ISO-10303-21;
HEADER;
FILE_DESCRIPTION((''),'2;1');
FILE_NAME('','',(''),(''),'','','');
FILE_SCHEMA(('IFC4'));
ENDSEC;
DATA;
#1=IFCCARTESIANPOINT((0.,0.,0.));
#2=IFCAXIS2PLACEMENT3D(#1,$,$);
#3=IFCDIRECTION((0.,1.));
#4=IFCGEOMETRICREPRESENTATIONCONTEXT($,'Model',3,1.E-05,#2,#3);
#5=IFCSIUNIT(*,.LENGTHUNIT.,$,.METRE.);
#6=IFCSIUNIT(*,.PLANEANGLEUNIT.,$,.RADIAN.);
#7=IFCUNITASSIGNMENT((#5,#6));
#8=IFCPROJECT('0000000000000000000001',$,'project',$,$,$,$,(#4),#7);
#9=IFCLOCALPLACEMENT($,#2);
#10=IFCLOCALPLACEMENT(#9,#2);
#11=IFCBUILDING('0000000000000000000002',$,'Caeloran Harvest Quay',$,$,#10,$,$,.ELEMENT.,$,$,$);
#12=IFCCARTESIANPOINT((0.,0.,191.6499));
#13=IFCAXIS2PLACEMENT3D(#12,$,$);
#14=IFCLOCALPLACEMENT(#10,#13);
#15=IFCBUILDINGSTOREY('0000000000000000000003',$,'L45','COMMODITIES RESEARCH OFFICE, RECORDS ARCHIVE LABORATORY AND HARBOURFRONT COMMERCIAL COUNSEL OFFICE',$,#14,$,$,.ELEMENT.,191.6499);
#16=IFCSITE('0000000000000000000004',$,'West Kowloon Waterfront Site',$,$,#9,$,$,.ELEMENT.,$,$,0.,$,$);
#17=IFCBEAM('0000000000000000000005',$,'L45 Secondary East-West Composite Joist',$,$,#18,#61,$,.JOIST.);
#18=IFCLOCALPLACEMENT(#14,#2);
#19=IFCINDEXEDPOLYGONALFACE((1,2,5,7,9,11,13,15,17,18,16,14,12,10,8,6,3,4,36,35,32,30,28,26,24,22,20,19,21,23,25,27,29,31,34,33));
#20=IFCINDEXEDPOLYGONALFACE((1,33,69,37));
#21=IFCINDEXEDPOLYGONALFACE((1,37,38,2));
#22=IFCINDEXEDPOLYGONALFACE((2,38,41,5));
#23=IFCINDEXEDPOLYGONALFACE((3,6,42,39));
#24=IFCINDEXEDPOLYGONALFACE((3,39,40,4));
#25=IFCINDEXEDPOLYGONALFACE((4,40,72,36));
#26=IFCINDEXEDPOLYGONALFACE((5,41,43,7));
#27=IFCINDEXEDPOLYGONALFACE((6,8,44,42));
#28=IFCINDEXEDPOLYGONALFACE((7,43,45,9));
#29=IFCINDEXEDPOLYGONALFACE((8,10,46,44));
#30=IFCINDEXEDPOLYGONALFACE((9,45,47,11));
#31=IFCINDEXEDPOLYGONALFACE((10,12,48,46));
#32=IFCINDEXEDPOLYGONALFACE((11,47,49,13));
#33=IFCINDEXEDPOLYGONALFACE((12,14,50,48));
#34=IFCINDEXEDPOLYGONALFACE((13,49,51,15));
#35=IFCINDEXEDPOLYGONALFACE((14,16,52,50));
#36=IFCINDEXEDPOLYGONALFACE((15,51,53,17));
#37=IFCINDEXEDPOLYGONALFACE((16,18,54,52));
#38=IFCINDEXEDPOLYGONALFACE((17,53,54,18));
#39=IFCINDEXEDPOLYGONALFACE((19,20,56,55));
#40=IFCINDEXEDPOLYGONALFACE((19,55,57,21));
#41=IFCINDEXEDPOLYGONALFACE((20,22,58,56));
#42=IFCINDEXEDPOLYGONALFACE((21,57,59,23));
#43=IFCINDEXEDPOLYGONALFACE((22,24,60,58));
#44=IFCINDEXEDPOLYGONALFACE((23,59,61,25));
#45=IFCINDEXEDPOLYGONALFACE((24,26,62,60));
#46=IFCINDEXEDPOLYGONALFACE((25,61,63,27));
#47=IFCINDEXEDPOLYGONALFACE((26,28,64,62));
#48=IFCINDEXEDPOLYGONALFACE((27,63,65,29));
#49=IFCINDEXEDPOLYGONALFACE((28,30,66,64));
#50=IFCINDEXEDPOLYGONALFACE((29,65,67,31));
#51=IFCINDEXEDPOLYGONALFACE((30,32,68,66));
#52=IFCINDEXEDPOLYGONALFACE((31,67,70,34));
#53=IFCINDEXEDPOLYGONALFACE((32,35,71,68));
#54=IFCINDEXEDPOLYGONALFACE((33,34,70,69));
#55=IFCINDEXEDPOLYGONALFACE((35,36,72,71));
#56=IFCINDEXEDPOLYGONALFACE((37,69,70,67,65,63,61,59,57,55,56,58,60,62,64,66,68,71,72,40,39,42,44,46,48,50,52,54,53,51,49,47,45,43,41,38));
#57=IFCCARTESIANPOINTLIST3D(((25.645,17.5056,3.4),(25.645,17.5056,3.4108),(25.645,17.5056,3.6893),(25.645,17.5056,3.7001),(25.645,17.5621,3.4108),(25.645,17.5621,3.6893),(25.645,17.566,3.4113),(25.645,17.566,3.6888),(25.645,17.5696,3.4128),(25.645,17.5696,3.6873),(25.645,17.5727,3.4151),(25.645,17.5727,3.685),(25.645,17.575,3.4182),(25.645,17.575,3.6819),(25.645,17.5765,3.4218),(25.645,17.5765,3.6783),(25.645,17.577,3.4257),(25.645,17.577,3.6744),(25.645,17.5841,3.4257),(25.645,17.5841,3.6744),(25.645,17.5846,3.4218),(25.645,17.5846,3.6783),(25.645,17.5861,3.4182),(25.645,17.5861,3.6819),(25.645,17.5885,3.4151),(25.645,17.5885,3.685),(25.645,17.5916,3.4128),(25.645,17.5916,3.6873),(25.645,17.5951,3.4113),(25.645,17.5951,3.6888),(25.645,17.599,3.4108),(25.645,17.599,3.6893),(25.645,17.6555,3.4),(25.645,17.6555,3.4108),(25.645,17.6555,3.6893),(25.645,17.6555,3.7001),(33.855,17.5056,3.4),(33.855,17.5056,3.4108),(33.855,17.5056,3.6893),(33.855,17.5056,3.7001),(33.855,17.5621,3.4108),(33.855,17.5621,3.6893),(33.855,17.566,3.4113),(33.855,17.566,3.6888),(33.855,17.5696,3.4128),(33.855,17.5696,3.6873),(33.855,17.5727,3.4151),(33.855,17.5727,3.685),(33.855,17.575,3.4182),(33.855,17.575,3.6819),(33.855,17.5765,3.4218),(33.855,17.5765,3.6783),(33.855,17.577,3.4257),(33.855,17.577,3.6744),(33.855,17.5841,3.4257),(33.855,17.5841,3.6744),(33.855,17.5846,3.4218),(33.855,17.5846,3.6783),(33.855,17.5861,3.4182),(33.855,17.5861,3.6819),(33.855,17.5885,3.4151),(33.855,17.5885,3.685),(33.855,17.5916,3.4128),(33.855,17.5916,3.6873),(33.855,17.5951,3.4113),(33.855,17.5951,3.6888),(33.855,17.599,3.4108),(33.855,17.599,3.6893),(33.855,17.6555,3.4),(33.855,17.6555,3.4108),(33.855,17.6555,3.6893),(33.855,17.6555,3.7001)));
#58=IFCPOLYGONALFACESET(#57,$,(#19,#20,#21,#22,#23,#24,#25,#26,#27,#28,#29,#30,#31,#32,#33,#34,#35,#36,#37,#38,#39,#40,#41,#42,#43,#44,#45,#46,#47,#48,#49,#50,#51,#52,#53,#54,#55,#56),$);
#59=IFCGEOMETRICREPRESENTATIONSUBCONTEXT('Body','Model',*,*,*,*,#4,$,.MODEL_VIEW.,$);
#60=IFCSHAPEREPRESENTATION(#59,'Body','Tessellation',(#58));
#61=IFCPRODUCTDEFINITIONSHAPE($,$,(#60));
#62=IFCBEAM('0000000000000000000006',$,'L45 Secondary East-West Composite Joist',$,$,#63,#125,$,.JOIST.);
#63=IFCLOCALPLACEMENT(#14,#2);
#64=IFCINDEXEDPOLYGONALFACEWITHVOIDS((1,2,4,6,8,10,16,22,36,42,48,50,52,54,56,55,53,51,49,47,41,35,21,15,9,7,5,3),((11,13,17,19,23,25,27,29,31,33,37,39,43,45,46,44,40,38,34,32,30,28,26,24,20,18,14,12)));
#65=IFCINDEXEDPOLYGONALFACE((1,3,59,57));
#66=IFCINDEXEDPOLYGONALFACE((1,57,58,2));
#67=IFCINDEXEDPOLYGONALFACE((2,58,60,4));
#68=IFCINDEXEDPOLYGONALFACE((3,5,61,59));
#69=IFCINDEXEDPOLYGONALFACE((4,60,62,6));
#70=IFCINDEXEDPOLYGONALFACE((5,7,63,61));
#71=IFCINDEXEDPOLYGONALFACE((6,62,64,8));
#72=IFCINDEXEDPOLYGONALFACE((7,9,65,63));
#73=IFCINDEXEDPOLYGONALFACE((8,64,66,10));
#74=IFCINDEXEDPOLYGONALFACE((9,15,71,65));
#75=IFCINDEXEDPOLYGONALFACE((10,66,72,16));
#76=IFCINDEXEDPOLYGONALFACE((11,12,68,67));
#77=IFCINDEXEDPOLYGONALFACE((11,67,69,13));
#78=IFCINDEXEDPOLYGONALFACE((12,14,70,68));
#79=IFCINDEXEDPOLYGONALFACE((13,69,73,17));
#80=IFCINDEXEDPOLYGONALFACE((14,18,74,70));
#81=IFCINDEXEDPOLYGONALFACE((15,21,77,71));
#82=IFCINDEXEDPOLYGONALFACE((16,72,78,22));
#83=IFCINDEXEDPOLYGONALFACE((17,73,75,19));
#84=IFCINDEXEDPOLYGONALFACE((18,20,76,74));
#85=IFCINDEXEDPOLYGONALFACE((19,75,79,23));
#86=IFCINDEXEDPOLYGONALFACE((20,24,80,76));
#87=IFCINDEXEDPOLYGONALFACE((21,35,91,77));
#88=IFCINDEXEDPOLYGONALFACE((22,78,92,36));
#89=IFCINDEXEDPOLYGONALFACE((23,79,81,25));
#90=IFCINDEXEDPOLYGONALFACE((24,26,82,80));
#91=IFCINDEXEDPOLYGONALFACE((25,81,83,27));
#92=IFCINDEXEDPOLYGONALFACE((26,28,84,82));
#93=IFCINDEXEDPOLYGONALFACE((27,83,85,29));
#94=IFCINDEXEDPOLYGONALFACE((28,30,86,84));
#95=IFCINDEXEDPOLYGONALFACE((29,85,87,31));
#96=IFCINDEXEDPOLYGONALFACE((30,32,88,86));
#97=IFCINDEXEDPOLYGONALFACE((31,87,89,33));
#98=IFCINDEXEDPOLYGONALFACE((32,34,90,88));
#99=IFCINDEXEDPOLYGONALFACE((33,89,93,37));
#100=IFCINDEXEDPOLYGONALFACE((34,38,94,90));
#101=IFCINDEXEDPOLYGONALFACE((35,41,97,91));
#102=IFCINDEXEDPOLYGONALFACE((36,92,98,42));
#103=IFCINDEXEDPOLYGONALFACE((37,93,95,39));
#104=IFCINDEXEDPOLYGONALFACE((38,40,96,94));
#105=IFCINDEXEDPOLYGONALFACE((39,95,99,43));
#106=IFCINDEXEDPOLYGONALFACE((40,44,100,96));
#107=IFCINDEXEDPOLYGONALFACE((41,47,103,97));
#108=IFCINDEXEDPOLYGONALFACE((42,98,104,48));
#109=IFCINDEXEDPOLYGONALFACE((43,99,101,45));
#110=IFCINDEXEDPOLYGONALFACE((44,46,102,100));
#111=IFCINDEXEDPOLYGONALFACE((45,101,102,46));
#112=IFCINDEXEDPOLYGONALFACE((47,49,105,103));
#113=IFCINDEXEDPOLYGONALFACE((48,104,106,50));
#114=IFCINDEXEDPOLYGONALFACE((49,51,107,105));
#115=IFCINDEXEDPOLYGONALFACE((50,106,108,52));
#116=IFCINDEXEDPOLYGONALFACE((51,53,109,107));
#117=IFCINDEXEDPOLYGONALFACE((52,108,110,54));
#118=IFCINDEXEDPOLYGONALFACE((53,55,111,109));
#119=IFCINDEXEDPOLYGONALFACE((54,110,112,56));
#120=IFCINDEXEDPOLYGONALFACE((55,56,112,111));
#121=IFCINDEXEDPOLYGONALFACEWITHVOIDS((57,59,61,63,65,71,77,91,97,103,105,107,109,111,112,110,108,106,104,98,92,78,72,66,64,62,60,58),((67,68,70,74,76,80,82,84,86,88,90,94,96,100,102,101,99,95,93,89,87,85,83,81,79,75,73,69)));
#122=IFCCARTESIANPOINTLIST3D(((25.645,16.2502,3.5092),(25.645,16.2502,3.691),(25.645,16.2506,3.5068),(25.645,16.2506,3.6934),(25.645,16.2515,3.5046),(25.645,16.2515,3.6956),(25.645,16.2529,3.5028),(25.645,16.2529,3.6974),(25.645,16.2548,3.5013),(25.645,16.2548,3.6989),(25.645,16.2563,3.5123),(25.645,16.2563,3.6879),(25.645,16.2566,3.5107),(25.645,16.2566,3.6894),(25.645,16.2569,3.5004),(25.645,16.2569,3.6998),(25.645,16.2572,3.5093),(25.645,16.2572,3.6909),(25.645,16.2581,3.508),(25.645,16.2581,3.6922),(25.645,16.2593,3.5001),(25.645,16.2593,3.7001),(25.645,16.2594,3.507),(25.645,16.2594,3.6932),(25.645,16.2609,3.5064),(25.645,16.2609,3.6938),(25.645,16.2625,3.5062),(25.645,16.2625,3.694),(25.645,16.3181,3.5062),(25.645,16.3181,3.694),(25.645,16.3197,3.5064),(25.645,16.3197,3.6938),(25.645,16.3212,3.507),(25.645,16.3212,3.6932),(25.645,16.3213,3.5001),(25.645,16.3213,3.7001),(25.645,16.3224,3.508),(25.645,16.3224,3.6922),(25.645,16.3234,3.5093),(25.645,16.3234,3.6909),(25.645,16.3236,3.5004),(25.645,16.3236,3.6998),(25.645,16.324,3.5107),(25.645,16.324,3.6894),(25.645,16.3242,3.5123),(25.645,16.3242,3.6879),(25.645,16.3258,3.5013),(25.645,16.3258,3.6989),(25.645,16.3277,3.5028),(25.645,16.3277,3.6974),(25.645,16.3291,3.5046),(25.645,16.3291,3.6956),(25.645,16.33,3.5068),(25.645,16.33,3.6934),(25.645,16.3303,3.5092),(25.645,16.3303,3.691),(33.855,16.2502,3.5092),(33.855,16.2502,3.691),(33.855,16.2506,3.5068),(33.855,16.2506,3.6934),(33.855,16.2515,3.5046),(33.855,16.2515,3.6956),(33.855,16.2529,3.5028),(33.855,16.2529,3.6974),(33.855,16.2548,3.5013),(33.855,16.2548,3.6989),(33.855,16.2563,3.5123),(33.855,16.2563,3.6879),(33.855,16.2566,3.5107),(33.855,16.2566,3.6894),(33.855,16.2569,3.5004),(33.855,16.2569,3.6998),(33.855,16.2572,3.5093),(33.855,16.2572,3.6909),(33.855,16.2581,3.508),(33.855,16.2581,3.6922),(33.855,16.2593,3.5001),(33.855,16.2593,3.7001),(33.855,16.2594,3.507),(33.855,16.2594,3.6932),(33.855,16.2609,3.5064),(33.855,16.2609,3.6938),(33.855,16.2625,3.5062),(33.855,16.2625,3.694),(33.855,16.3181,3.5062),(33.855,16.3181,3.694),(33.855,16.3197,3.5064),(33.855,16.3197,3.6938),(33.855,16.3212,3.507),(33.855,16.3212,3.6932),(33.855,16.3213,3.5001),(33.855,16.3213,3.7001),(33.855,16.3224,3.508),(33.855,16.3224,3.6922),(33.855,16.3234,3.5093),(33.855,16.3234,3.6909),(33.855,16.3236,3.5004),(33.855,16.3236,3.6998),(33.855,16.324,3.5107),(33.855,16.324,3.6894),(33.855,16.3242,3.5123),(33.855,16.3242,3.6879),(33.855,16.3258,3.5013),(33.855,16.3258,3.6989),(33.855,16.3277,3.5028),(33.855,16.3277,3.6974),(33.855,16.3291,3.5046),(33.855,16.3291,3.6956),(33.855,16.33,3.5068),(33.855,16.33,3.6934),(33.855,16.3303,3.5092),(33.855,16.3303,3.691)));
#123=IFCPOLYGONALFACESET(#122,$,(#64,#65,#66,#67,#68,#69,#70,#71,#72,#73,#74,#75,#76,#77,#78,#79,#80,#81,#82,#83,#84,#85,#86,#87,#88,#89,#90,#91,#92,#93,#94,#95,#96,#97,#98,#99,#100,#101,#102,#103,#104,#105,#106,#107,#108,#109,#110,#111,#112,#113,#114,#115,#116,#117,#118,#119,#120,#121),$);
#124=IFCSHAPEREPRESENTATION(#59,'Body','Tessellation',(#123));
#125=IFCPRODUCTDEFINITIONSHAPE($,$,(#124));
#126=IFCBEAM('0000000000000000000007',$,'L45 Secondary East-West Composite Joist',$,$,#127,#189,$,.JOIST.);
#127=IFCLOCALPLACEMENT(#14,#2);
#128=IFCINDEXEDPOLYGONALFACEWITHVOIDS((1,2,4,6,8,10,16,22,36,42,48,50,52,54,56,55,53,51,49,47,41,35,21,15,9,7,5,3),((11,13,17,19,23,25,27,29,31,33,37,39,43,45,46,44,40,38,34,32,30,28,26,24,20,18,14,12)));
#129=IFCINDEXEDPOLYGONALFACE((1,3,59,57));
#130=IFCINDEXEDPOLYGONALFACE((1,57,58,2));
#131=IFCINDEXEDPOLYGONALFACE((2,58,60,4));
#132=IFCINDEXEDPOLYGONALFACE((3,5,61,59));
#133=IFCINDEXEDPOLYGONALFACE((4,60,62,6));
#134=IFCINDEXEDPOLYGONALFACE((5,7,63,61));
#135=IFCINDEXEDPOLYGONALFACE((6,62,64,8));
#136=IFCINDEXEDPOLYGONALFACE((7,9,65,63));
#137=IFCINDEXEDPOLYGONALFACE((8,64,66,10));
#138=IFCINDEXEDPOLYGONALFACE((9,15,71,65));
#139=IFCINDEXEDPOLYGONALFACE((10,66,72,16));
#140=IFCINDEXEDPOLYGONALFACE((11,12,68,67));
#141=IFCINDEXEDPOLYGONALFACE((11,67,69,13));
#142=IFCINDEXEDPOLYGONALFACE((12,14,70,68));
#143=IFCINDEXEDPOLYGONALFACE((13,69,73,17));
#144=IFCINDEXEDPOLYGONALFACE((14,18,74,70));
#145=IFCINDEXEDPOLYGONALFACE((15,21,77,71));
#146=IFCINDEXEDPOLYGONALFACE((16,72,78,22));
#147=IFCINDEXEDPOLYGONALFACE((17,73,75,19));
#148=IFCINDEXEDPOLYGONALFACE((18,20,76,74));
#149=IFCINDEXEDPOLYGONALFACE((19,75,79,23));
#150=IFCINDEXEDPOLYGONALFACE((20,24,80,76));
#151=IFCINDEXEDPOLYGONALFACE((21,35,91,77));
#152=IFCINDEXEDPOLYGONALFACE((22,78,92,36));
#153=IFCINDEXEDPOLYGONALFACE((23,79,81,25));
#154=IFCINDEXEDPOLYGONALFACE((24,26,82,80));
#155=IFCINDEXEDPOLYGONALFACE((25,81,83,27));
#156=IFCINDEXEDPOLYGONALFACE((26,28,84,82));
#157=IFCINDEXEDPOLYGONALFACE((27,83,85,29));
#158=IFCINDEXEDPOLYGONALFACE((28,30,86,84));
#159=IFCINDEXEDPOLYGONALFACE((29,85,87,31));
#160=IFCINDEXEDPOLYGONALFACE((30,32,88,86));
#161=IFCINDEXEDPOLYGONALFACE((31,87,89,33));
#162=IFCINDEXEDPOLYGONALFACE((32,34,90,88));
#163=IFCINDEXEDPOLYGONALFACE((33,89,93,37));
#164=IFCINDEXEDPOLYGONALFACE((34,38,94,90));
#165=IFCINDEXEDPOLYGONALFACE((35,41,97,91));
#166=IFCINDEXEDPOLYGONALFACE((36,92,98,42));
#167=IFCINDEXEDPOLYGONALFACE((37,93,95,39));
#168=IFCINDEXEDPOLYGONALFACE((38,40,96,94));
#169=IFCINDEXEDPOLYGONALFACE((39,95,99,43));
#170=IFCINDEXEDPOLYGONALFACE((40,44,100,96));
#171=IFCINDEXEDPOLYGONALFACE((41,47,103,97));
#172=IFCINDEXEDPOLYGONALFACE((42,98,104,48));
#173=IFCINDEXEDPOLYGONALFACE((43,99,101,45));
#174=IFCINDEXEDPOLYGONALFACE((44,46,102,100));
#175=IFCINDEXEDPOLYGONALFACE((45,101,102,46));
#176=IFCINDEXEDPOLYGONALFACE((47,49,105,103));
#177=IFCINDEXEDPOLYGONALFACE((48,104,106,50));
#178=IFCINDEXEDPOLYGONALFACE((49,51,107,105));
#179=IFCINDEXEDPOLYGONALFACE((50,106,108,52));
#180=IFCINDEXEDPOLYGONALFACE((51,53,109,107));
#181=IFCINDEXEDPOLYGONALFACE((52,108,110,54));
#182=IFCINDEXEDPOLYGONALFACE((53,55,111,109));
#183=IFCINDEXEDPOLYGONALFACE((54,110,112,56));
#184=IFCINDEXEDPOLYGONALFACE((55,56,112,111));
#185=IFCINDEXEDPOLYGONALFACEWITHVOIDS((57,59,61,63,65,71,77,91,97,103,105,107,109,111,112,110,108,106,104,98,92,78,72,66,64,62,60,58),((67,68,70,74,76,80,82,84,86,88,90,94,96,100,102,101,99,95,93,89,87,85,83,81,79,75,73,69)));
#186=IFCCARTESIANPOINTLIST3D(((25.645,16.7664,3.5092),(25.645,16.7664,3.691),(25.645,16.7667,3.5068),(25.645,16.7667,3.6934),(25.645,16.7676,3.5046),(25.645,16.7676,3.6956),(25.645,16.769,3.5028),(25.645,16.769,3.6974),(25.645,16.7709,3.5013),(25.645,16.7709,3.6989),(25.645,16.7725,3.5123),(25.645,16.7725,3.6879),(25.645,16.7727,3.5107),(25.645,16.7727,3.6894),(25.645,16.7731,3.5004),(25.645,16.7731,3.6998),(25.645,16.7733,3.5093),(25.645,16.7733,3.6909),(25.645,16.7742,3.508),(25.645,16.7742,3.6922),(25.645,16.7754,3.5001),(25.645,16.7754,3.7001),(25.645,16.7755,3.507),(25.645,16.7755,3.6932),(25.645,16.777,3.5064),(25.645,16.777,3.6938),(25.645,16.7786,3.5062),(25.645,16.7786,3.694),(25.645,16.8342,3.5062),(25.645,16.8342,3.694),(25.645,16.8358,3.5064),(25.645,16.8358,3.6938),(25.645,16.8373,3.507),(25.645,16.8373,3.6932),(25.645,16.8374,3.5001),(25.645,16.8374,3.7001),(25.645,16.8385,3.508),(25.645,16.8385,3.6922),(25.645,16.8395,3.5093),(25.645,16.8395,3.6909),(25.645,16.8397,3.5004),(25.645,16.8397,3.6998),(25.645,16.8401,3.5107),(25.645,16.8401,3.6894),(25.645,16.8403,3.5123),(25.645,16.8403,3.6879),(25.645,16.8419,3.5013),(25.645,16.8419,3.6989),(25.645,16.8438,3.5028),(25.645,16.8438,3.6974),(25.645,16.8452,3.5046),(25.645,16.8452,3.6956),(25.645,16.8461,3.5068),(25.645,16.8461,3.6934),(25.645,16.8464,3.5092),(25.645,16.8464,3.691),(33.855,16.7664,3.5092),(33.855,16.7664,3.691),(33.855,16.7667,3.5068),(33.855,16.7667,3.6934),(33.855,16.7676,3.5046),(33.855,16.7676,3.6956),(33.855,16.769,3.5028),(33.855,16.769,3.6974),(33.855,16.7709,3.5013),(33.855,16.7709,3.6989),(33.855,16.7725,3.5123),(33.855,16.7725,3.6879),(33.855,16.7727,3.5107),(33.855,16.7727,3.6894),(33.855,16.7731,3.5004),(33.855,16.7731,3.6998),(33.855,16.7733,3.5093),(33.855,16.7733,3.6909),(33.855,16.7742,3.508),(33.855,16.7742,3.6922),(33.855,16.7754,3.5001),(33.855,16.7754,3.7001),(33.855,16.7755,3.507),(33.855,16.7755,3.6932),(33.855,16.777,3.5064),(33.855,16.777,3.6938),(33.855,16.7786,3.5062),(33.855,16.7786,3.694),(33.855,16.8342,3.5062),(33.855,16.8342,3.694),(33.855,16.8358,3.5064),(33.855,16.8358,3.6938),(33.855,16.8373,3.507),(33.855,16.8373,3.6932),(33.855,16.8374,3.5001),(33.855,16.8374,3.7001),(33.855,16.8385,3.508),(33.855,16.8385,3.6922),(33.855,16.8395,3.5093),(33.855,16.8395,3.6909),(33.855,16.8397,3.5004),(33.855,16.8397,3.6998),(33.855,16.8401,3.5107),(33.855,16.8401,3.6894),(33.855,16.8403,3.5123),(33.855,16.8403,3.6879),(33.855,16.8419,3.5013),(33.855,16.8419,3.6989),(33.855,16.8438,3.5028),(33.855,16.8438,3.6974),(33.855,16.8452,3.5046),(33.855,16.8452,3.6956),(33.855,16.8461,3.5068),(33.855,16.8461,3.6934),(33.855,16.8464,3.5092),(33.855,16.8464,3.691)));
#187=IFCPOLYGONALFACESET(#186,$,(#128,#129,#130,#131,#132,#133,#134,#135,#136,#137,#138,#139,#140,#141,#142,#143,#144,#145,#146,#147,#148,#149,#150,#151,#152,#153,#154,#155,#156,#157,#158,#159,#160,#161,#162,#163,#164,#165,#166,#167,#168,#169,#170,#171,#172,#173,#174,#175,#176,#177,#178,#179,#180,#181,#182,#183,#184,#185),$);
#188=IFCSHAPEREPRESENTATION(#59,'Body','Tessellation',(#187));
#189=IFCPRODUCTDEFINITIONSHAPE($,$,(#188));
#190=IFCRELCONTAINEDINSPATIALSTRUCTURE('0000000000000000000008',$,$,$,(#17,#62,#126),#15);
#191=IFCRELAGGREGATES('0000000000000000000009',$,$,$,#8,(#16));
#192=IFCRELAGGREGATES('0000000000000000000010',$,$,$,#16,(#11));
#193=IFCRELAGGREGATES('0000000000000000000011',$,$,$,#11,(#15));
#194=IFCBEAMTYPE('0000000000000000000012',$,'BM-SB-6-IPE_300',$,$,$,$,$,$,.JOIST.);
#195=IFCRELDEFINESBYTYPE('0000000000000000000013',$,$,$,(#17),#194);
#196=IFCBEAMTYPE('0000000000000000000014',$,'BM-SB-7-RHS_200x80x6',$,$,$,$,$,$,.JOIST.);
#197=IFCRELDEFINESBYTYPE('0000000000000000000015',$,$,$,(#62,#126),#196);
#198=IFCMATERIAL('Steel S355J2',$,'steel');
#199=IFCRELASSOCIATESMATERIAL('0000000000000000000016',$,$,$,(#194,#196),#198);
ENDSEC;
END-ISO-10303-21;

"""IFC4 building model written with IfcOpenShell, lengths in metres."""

from ifc_helpers import new_model, si_unit, direction, frame, origin, origin_2d, place, context, subcontext, project, spatial, hollow_rectangle, i_section, extrude, material, material_profile, profile_set, type_object, element, save


model = new_model("IFC4")

# Units and contexts
model_context = context("Model", 3, precision=1e-05, world=origin(), true_north=direction((0.0, 1.0)))
body_context = subcontext(model_context, "Body", "Model", "MODEL_VIEW")
ifc_project = project(units=[si_unit("LENGTHUNIT", "METRE"), si_unit("PLANEANGLEUNIT", "RADIAN")], contexts=[model_context])

# Site, building, storey
site_placement = place(None, origin())
site = spatial("IfcSite", under=ifc_project, at=site_placement, Name="West Kowloon Waterfront Site", CompositionType="ELEMENT", RefElevation=0.0)
building_placement = place(site_placement, origin())
building = spatial("IfcBuilding", under=site, at=building_placement, Name="Caeloran Harvest Quay", CompositionType="ELEMENT")
storey_placement = place(building_placement, frame((0.0, 0.0, 191.6499)))
storey = spatial("IfcBuildingStorey", under=building, at=storey_placement, Name="L45", Description="COMMODITIES RESEARCH OFFICE, RECORDS ARCHIVE LABORATORY AND HARBOURFRONT COMMERCIAL COUNSEL OFFICE", CompositionType="ELEMENT", Elevation=191.6499)

# Beams
ifc_material_1 = material(Name="Steel S355J2", Category="steel")
ifc_material_profile_1 = material_profile(ifc_material_1, i_section(OverallWidth=0.1499, OverallDepth=0.3, WebThickness=0.0071, FlangeThickness=0.0107, FilletRadius=0.0149, at=origin_2d()), Name="IPE 300")
ifc_profile_set_1 = profile_set([ifc_material_profile_1], Name="Steel S355J2")
beam_type_1 = type_object("IfcBeamType", Name="BM-SB-6-IPE_300", PredefinedType="JOIST", material=ifc_profile_set_1)
for number, where, z_axis, x_axis, name in (
    (1, (25.645, 17.5806, 3.55), (1.0, 0.0, 0.0), (0.0, 1.0, 0.0), "L45 Secondary East-West Composite Joist"),
):
    element("IfcBeam", number, at=place(storey_placement, frame(where, z_axis=z_axis, x_axis=x_axis)), inside=storey, type_object=beam_type_1, Name=name, PredefinedType="JOIST", context=body_context, shape_type="SweptSolid", body=[
        extrude(i_section(OverallWidth=0.1499, OverallDepth=0.3, WebThickness=0.0071, FlangeThickness=0.0107, FilletRadius=0.0149, at=origin_2d()), origin(), (0.0, 0.0, 1.0), 8.21),
    ])
ifc_material_profile_2 = material_profile(ifc_material_1, hollow_rectangle(XDim=0.0801, YDim=0.2, WallThickness=0.0061, InnerFilletRadius=0.0061, OuterFilletRadius=0.009, at=origin_2d()), Name="RHS 200x80x6")
ifc_profile_set_2 = profile_set([ifc_material_profile_2], Name="Steel S355J2")
beam_type_2 = type_object("IfcBeamType", Name="BM-SB-7-RHS_200x80x6", PredefinedType="JOIST", material=ifc_profile_set_2)
for number, where, z_axis, x_axis, name in (
    (2, (25.645, 16.2903, 3.6001), (1.0, 0.0, 0.0), (0.0, 1.0, 0.0), "L45 Secondary East-West Composite Joist"),
    (3, (25.645, 16.8064, 3.6001), (1.0, 0.0, 0.0), (0.0, 1.0, 0.0), "L45 Secondary East-West Composite Joist"),
):
    element("IfcBeam", number, at=place(storey_placement, frame(where, z_axis=z_axis, x_axis=x_axis)), inside=storey, type_object=beam_type_2, Name=name, PredefinedType="JOIST", context=body_context, shape_type="SweptSolid", body=[
        extrude(hollow_rectangle(XDim=0.0801, YDim=0.2, WallThickness=0.0061, InnerFilletRadius=0.0061, OuterFilletRadius=0.009, at=origin_2d()), origin(), (0.0, 0.0, 1.0), 8.21),
    ])

save(model, "model.ifc")
